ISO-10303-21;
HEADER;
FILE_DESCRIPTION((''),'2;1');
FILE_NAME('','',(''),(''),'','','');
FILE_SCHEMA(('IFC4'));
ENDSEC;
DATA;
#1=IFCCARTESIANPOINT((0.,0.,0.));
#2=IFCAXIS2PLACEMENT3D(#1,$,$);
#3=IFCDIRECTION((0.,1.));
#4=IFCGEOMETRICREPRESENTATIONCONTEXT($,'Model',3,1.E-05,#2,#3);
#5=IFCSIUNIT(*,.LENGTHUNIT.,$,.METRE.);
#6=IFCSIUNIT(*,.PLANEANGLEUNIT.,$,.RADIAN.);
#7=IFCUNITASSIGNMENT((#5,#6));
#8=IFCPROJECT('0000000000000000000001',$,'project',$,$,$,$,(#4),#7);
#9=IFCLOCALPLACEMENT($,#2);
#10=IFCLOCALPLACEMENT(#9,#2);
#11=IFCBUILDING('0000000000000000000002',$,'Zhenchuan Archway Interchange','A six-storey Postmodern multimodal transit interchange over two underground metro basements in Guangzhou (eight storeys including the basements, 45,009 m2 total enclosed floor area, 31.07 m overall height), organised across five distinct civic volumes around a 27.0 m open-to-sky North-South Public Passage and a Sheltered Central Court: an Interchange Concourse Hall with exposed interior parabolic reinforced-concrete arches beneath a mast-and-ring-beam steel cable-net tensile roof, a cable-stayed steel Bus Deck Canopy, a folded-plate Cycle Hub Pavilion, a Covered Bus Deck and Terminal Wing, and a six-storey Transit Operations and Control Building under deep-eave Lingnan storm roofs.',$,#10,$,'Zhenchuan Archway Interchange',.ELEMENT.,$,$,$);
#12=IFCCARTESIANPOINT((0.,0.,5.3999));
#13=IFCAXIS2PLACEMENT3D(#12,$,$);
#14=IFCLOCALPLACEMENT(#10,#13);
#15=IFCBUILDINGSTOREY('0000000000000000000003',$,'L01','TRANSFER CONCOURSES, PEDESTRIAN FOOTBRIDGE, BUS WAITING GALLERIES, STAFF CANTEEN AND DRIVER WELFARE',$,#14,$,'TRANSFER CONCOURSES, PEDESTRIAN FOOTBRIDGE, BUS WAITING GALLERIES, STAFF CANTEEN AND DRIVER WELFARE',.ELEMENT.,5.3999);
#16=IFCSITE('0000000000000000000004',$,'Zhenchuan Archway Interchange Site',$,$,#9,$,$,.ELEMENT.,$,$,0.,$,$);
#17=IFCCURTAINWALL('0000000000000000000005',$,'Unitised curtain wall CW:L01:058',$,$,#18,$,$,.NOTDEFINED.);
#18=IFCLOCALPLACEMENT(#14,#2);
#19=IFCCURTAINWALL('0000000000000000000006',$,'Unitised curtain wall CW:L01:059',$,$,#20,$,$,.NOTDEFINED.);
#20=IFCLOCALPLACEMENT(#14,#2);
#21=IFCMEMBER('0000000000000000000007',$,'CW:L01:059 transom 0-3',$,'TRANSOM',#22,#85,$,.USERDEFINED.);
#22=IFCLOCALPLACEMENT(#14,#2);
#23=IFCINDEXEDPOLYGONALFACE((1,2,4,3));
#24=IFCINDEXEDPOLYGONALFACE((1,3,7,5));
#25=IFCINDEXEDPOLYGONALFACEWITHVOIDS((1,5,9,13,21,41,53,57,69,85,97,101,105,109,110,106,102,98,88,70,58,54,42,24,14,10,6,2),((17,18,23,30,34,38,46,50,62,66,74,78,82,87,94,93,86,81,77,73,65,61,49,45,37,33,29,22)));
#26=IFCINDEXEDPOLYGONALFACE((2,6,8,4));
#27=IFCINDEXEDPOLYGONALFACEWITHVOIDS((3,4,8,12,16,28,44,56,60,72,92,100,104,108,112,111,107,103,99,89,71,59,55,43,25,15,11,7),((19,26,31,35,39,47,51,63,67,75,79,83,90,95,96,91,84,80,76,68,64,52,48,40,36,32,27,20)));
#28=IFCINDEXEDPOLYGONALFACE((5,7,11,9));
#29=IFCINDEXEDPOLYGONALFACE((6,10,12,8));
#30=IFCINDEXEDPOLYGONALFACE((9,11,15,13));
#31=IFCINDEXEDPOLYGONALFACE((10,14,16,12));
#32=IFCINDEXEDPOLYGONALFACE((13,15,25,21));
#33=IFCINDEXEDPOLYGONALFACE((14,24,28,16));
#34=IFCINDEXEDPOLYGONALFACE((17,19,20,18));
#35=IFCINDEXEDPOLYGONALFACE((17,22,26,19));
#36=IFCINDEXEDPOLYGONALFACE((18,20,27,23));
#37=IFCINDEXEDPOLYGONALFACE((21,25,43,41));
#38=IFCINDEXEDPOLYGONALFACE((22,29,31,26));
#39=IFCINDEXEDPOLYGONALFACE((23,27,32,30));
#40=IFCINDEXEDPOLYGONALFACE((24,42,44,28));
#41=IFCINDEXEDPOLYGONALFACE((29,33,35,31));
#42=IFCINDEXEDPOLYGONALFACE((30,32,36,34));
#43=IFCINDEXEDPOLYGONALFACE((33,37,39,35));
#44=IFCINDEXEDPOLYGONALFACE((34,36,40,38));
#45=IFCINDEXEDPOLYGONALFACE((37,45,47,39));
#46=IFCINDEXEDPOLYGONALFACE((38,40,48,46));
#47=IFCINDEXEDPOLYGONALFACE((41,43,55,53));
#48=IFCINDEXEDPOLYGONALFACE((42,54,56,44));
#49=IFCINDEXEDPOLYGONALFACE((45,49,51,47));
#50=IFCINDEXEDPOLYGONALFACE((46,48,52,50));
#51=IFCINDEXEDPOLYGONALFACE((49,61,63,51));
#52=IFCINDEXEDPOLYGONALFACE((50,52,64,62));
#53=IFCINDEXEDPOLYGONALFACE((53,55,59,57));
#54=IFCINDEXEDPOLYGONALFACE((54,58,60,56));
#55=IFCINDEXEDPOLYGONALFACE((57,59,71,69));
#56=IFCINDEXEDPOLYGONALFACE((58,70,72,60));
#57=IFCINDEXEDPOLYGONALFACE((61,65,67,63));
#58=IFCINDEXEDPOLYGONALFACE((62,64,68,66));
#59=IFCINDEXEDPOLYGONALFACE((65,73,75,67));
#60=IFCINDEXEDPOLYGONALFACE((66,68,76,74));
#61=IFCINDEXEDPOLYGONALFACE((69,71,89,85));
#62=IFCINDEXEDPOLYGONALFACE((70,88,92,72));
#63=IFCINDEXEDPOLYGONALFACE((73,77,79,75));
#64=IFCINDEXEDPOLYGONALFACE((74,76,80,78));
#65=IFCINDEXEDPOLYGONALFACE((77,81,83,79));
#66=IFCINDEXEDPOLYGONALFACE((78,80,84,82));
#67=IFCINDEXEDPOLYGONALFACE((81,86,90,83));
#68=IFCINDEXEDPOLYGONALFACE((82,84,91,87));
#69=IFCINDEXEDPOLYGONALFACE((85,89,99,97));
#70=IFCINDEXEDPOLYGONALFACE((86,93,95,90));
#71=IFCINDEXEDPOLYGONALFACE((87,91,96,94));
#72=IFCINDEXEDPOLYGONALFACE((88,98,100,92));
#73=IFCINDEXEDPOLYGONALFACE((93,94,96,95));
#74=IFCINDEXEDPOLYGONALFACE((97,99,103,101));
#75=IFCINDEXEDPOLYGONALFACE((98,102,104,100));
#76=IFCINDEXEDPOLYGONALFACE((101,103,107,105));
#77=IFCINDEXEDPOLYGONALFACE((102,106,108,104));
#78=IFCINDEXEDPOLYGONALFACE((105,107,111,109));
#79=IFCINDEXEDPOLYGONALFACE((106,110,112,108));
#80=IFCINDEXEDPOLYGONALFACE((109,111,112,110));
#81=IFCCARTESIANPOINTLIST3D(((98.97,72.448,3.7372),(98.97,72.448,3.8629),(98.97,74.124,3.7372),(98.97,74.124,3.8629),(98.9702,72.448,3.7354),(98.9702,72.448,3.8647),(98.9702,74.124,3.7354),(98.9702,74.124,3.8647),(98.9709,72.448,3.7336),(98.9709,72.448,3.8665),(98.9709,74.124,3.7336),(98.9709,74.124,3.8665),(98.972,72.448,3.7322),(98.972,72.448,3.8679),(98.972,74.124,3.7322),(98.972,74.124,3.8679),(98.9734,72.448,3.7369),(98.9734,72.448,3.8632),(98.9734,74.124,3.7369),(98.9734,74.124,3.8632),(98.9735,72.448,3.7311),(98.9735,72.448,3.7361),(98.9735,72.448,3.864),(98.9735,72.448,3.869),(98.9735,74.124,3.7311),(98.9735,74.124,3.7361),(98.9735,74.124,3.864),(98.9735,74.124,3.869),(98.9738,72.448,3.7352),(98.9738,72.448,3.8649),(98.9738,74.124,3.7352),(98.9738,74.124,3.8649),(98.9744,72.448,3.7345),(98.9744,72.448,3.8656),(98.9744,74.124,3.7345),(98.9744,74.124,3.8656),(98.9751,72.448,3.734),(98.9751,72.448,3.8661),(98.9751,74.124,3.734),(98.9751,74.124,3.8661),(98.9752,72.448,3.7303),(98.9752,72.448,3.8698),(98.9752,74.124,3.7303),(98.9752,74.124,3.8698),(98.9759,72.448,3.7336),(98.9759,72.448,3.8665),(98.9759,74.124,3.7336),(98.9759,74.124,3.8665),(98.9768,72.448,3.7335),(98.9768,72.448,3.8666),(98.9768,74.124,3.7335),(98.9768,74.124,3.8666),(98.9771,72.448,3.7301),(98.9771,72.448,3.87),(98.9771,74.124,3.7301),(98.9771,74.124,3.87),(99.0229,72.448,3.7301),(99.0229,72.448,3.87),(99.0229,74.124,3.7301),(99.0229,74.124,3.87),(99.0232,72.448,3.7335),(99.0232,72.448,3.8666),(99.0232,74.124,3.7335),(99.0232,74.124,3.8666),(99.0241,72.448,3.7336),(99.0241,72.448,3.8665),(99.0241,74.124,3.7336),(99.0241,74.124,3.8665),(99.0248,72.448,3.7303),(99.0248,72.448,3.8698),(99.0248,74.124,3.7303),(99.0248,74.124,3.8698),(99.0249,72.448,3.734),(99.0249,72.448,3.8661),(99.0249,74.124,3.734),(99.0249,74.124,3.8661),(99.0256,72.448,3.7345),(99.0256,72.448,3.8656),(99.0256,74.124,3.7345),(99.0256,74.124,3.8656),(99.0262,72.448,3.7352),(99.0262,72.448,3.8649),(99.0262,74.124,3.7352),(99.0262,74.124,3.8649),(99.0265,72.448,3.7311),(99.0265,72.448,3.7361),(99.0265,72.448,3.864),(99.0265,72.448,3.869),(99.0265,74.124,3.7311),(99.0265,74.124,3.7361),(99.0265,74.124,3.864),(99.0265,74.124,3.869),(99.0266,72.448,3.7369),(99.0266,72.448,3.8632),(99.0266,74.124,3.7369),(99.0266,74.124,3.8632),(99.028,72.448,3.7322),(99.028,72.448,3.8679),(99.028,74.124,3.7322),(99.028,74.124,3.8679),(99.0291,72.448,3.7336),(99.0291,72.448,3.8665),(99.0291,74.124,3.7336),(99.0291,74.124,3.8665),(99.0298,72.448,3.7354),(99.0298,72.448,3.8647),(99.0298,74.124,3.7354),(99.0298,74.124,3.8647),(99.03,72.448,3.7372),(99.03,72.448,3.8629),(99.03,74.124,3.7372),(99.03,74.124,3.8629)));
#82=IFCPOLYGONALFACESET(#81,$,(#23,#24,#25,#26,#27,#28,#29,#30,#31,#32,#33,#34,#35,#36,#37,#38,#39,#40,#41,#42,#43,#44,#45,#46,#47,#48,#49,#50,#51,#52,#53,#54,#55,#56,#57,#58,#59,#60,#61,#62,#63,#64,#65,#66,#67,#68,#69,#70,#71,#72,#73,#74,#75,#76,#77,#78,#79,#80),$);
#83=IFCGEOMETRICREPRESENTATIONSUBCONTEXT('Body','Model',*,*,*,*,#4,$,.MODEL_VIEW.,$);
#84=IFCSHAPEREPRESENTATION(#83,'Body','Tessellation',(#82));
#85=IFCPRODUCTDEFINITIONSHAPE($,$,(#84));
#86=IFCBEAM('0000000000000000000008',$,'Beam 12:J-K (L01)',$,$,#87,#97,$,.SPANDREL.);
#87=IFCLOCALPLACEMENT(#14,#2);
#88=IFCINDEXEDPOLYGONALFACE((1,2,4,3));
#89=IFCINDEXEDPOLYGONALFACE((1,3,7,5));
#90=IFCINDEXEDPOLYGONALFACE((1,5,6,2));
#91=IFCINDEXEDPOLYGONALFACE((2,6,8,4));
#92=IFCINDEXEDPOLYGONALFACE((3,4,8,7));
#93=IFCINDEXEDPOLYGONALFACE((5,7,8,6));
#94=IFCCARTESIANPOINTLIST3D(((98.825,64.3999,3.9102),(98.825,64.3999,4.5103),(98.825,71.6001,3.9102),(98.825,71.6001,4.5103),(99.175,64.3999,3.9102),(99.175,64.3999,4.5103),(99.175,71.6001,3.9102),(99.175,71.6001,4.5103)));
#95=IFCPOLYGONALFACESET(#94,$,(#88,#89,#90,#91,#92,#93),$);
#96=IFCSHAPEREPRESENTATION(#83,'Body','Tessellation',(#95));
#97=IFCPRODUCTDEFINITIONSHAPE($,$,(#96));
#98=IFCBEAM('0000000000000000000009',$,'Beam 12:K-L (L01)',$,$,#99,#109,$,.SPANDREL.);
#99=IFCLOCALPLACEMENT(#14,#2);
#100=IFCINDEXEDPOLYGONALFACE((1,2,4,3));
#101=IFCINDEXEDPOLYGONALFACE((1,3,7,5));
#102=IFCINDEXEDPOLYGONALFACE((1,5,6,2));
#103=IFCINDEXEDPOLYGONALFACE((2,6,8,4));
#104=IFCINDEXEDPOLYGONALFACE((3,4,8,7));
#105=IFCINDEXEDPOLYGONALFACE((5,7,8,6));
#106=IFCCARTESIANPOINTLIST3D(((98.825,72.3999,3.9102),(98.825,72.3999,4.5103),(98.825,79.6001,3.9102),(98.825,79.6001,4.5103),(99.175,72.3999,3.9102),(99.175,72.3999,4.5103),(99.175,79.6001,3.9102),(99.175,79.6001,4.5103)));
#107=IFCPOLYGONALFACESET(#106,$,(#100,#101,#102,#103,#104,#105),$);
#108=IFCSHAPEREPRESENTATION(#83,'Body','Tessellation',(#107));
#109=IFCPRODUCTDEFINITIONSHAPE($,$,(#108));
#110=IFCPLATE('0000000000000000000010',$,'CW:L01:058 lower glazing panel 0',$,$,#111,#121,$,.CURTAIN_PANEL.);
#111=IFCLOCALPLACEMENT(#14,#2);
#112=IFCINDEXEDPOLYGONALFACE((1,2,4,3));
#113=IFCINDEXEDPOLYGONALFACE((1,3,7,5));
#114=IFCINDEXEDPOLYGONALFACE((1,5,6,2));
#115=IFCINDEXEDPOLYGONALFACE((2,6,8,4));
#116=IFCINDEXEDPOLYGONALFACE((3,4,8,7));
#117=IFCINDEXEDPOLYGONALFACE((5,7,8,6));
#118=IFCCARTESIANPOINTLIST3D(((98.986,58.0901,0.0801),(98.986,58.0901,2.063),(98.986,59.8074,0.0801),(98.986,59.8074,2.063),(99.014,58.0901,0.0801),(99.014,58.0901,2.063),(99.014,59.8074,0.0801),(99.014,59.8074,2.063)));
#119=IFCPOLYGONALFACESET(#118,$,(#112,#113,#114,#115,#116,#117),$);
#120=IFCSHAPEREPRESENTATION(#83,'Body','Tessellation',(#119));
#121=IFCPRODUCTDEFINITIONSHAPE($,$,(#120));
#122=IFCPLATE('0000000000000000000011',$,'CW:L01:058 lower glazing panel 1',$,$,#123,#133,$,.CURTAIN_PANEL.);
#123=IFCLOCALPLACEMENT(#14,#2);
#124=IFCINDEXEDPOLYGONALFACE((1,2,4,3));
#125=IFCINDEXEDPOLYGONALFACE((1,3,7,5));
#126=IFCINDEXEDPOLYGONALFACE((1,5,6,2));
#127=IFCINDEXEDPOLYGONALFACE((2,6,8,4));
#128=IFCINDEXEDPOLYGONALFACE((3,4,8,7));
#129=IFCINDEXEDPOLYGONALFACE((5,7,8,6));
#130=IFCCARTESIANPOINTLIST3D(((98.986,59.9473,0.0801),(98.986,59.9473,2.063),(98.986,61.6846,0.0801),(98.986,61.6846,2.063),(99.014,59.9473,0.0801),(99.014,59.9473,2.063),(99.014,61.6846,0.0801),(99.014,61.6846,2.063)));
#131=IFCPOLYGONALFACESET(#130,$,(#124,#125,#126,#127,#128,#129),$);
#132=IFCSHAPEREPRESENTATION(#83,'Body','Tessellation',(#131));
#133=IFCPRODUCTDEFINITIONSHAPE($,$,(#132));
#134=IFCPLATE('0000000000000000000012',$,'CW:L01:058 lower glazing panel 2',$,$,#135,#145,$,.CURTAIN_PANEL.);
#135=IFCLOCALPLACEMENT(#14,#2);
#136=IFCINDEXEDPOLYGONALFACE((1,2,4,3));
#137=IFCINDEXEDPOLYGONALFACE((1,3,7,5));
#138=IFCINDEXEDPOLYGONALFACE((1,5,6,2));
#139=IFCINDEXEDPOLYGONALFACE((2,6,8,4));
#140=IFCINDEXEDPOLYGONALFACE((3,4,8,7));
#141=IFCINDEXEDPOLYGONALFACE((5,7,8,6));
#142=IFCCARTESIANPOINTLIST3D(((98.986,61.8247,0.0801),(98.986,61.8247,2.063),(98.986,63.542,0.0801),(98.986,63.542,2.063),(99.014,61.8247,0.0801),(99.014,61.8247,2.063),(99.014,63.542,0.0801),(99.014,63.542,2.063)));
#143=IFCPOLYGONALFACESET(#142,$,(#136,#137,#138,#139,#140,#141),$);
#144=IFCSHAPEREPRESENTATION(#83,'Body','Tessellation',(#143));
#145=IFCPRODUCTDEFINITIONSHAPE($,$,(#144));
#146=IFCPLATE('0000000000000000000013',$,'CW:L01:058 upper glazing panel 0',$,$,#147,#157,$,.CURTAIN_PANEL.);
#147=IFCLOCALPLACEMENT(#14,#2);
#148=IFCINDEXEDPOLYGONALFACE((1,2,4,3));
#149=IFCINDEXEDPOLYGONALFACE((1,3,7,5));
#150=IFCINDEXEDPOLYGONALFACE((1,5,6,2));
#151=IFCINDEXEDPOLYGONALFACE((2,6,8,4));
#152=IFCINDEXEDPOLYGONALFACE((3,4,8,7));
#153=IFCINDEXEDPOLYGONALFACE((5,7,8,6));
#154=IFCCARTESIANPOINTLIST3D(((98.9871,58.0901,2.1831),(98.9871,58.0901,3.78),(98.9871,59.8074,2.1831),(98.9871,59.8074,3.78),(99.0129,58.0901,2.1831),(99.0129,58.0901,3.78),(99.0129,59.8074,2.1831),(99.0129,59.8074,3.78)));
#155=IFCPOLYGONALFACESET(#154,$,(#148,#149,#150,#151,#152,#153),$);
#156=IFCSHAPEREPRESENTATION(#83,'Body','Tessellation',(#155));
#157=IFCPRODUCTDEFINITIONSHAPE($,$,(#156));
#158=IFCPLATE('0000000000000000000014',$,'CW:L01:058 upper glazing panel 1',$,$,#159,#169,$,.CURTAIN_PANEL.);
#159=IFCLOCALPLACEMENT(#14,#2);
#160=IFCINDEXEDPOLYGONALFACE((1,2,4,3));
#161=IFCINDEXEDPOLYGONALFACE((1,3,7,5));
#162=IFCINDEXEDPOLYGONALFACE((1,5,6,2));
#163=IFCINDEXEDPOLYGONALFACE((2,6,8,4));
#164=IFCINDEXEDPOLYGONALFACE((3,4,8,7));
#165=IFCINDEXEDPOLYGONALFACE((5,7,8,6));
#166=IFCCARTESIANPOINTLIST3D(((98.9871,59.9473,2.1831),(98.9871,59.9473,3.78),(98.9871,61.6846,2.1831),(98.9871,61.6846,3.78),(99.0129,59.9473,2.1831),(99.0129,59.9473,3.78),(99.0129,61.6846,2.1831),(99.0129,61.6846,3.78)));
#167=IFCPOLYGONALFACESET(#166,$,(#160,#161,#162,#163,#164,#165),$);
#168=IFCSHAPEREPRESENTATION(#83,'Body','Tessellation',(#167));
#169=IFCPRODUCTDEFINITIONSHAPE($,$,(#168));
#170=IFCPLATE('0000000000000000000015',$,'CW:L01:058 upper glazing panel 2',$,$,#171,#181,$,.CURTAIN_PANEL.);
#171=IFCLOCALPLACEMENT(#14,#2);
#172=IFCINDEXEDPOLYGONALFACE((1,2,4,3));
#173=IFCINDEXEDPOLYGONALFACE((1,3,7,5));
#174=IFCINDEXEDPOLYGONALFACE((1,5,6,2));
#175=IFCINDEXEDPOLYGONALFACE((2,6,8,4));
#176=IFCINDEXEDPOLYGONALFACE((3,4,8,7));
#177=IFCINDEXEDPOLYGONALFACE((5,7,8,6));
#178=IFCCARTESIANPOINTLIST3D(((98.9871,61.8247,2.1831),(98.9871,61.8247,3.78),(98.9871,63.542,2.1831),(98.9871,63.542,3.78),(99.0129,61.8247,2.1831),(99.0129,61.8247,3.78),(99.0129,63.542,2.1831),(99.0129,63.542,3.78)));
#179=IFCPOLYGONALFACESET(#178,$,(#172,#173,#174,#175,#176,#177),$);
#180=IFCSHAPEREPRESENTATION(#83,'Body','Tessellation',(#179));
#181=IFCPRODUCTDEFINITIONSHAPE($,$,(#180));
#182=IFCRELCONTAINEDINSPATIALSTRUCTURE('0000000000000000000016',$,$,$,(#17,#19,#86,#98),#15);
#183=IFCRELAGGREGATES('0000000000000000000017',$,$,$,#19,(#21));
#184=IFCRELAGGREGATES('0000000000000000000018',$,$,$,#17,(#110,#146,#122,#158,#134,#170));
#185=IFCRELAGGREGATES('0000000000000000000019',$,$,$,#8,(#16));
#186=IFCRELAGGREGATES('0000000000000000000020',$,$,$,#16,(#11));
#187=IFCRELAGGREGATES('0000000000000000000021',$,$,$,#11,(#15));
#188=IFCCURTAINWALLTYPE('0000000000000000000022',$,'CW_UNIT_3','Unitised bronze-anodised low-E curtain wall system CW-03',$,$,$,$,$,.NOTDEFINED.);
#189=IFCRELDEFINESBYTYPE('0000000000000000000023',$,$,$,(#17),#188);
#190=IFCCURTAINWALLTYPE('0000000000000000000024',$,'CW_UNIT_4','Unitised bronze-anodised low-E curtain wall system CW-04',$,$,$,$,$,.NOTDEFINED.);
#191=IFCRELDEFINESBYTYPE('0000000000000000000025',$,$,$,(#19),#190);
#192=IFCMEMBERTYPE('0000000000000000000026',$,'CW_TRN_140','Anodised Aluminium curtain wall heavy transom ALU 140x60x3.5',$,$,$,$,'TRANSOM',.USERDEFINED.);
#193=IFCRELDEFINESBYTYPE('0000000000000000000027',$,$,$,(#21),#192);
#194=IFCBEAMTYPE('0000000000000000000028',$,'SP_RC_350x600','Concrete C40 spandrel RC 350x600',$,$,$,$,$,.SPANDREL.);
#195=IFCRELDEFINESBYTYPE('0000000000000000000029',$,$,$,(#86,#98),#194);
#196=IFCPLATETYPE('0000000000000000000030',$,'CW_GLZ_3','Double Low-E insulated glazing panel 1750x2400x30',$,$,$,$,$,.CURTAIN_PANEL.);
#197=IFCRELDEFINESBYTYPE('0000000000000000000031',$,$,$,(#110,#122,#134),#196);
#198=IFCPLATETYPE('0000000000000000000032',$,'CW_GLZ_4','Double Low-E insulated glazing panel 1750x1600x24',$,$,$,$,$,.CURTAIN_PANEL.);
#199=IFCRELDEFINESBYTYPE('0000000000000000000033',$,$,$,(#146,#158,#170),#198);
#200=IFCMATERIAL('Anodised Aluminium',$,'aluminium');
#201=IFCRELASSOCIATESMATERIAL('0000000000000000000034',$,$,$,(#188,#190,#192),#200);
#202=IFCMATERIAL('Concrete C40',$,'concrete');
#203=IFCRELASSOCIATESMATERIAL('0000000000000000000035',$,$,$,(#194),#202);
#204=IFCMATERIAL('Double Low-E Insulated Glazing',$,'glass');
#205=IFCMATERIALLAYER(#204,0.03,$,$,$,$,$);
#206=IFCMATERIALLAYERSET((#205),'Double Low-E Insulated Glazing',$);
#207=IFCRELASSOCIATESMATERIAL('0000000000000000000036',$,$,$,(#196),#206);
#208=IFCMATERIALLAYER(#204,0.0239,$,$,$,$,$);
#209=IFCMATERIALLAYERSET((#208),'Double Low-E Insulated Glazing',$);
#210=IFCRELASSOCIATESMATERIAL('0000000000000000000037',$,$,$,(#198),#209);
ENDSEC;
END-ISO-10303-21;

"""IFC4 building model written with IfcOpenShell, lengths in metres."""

from ifc_helpers import new_model, si_unit, direction, frame, origin, origin_2d, place, context, subcontext, project, spatial, rectangle, hollow_rectangle, extrude, material, layer, layer_set, material_profile, profile_set, type_object, element, aggregate, save


model = new_model("IFC4")

# Units and contexts
model_context = context("Model", 3, precision=1e-05, world=origin(), true_north=direction((0.0, 1.0)))
body_context = subcontext(model_context, "Body", "Model", "MODEL_VIEW")
ifc_project = project(units=[si_unit("LENGTHUNIT", "METRE"), si_unit("PLANEANGLEUNIT", "RADIAN")], contexts=[model_context])

# Site, building, storey
site_placement = place(None, origin())
site = spatial("IfcSite", under=ifc_project, at=site_placement, Name="Zhenchuan Archway Interchange Site", CompositionType="ELEMENT", RefElevation=0.0)
building_placement = place(site_placement, origin())
building = spatial("IfcBuilding", under=site, at=building_placement, Name="Zhenchuan Archway Interchange", Description="A six-storey Postmodern multimodal transit interchange over two underground metro basements in Guangzhou (eight storeys including the basements, 45,009 m2 total enclosed floor area, 31.07 m overall height), organised across five distinct civic volumes around a 27.0 m open-to-sky North-South Public Passage and a Sheltered Central Court: an Interchange Concourse Hall with exposed interior parabolic reinforced-concrete arches beneath a mast-and-ring-beam steel cable-net tensile roof, a cable-stayed steel Bus Deck Canopy, a folded-plate Cycle Hub Pavilion, a Covered Bus Deck and Terminal Wing, and a six-storey Transit Operations and Control Building under deep-eave Lingnan storm roofs.", LongName="Zhenchuan Archway Interchange", CompositionType="ELEMENT")
storey_placement = place(building_placement, frame((0.0, 0.0, 5.3999)))
storey = spatial("IfcBuildingStorey", under=building, at=storey_placement, Name="L01", Description="TRANSFER CONCOURSES, PEDESTRIAN FOOTBRIDGE, BUS WAITING GALLERIES, STAFF CANTEEN AND DRIVER WELFARE", LongName="TRANSFER CONCOURSES, PEDESTRIAN FOOTBRIDGE, BUS WAITING GALLERIES, STAFF CANTEEN AND DRIVER WELFARE", CompositionType="ELEMENT", Elevation=5.3999)

# Shared definitions
ifc_material_1 = material(Name="Concrete C40", Category="concrete")

# Curtain wall
ifc_material_2 = material(Name="Anodised Aluminium", Category="aluminium")
curtain_wall_type_1 = type_object("IfcCurtainWallType", Name="CW_UNIT_3", Description="Unitised bronze-anodised low-E curtain wall system CW-03", PredefinedType="NOTDEFINED", material=ifc_material_2)
curtain_wall_1_placement = place(storey_placement, origin())
curtain_wall_1 = element("IfcCurtainWall", 1, at=curtain_wall_1_placement, inside=storey, type_object=curtain_wall_type_1, Name="Unitised curtain wall CW:L01:058", PredefinedType="NOTDEFINED")

# Curtain wall
curtain_wall_type_2 = type_object("IfcCurtainWallType", Name="CW_UNIT_4", Description="Unitised bronze-anodised low-E curtain wall system CW-04", PredefinedType="NOTDEFINED", material=ifc_material_2)
curtain_wall_2_placement = place(storey_placement, origin())
curtain_wall_2 = element("IfcCurtainWall", 2, at=curtain_wall_2_placement, inside=storey, type_object=curtain_wall_type_2, Name="Unitised curtain wall CW:L01:059", PredefinedType="NOTDEFINED")

# Member
ifc_material_profile_1 = material_profile(ifc_material_2, hollow_rectangle(XDim=0.0601, YDim=0.1399, WallThickness=0.0034, InnerFilletRadius=0.0034, OuterFilletRadius=0.0071, at=origin_2d()), Name="ALU 140x60x3.5")
ifc_profile_set_1 = profile_set([ifc_material_profile_1], Name="Anodised Aluminium")
member_type_1 = type_object("IfcMemberType", Name="CW_TRN_140", Description="Anodised Aluminium curtain wall heavy transom ALU 140x60x3.5", ElementType="TRANSOM", PredefinedType="USERDEFINED", material=ifc_profile_set_1)
member_1_placement = place(storey_placement, frame((99.0, 72.448, 3.8), z_axis=(0.0, 1.0, 0.0), x_axis=(-1.0, 0.0, 0.0)))
member_1 = element("IfcMember", 3, at=member_1_placement, type_object=member_type_1, Name="CW:L01:059 transom 0-3", ObjectType="TRANSOM", PredefinedType="USERDEFINED", context=body_context, shape_type="SweptSolid", body=[
    extrude(hollow_rectangle(XDim=0.0601, YDim=0.1399, WallThickness=0.0034, InnerFilletRadius=0.0034, OuterFilletRadius=0.0071, at=origin_2d()), origin(), (0.0, 0.0, 1.0), 1.676),
])
aggregate(curtain_wall_2, [member_1])

# Beams
ifc_material_profile_2 = material_profile(ifc_material_1, rectangle(XDim=0.3501, YDim=0.6001, at=origin_2d()), Name="RC 350x600")
ifc_profile_set_2 = profile_set([ifc_material_profile_2], Name="Concrete C40")
beam_type = type_object("IfcBeamType", Name="SP_RC_350x600", Description="Concrete C40 spandrel RC 350x600", PredefinedType="SPANDREL", material=ifc_profile_set_2)
for number, where, z_axis, x_axis, name in (
    (4, (99.0, 64.3999, 4.2102), (0.0, 1.0, 0.0), (-1.0, 0.0, 0.0), "Beam 12:J-K (L01)"),
    (5, (99.0, 72.3999, 4.2102), (0.0, 1.0, 0.0), (-1.0, 0.0, 0.0), "Beam 12:K-L (L01)"),
):
    element("IfcBeam", number, at=place(storey_placement, frame(where, z_axis=z_axis, x_axis=x_axis)), inside=storey, type_object=beam_type, Name=name, PredefinedType="SPANDREL", context=body_context, shape_type="SweptSolid", body=[
        extrude(rectangle(XDim=0.3501, YDim=0.6001, at=origin_2d()), origin(), (0.0, 0.0, 1.0), 7.2002),
    ])

# Plates
ifc_material_3 = material(Name="Double Low-E Insulated Glazing", Category="glass")
ifc_layer_1 = layer(ifc_material_3, 0.03)
ifc_layer_set_1 = layer_set([ifc_layer_1], Name="Double Low-E Insulated Glazing")
plate_type_1 = type_object("IfcPlateType", Name="CW_GLZ_3", Description="Double Low-E insulated glazing panel 1750x2400x30", PredefinedType="CURTAIN_PANEL", material=ifc_layer_set_1)
plate_1_placement = place(storey_placement, frame((99.0, 58.9487, 0.0801), z_axis=(0.0, 0.0, 1.0), x_axis=(0.0, 1.0, 0.0)))
plate_1 = element("IfcPlate", 6, at=plate_1_placement, type_object=plate_type_1, Name="CW:L01:058 lower glazing panel 0", PredefinedType="CURTAIN_PANEL", context=body_context, shape_type="SweptSolid", body=[
    extrude(rectangle(XDim=1.7173, YDim=0.0281, at=origin_2d()), origin(), (0.0, 0.0, 1.0), 1.9829),
])
plate_2_placement = place(storey_placement, frame((99.0, 60.8159, 0.0801), z_axis=(0.0, 0.0, 1.0), x_axis=(0.0, 1.0, 0.0)))
plate_2 = element("IfcPlate", 7, at=plate_2_placement, type_object=plate_type_1, Name="CW:L01:058 lower glazing panel 1", PredefinedType="CURTAIN_PANEL", context=body_context, shape_type="SweptSolid", body=[
    extrude(rectangle(XDim=1.7373, YDim=0.0281, at=origin_2d()), origin(), (0.0, 0.0, 1.0), 1.9829),
])
plate_3_placement = place(storey_placement, frame((99.0, 62.6833, 0.0801), z_axis=(0.0, 0.0, 1.0), x_axis=(0.0, 1.0, 0.0)))
plate_3 = element("IfcPlate", 8, at=plate_3_placement, type_object=plate_type_1, Name="CW:L01:058 lower glazing panel 2", PredefinedType="CURTAIN_PANEL", context=body_context, shape_type="SweptSolid", body=[
    extrude(rectangle(XDim=1.7173, YDim=0.0281, at=origin_2d()), origin(), (0.0, 0.0, 1.0), 1.9829),
])
ifc_layer_2 = layer(ifc_material_3, 0.0239)
ifc_layer_set_2 = layer_set([ifc_layer_2], Name="Double Low-E Insulated Glazing")
plate_type_2 = type_object("IfcPlateType", Name="CW_GLZ_4", Description="Double Low-E insulated glazing panel 1750x1600x24", PredefinedType="CURTAIN_PANEL", material=ifc_layer_set_2)
plate_4_placement = place(storey_placement, frame((99.0, 58.9487, 2.1831), z_axis=(0.0, 0.0, 1.0), x_axis=(0.0, 1.0, 0.0)))
plate_4 = element("IfcPlate", 9, at=plate_4_placement, type_object=plate_type_2, Name="CW:L01:058 upper glazing panel 0", PredefinedType="CURTAIN_PANEL", context=body_context, shape_type="SweptSolid", body=[
    extrude(rectangle(XDim=1.7173, YDim=0.0259, at=origin_2d()), origin(), (0.0, 0.0, 1.0), 1.5969),
])
plate_5_placement = place(storey_placement, frame((99.0, 60.8159, 2.1831), z_axis=(0.0, 0.0, 1.0), x_axis=(0.0, 1.0, 0.0)))
plate_5 = element("IfcPlate", 10, at=plate_5_placement, type_object=plate_type_2, Name="CW:L01:058 upper glazing panel 1", PredefinedType="CURTAIN_PANEL", context=body_context, shape_type="SweptSolid", body=[
    extrude(rectangle(XDim=1.7373, YDim=0.0259, at=origin_2d()), origin(), (0.0, 0.0, 1.0), 1.5969),
])
plate_6_placement = place(storey_placement, frame((99.0, 62.6833, 2.1831), z_axis=(0.0, 0.0, 1.0), x_axis=(0.0, 1.0, 0.0)))
plate_6 = element("IfcPlate", 11, at=plate_6_placement, type_object=plate_type_2, Name="CW:L01:058 upper glazing panel 2", PredefinedType="CURTAIN_PANEL", context=body_context, shape_type="SweptSolid", body=[
    extrude(rectangle(XDim=1.7173, YDim=0.0259, at=origin_2d()), origin(), (0.0, 0.0, 1.0), 1.5969),
])
aggregate(curtain_wall_1, [plate_1, plate_4, plate_2, plate_5, plate_3, plate_6])

save(model, "model.ifc")
